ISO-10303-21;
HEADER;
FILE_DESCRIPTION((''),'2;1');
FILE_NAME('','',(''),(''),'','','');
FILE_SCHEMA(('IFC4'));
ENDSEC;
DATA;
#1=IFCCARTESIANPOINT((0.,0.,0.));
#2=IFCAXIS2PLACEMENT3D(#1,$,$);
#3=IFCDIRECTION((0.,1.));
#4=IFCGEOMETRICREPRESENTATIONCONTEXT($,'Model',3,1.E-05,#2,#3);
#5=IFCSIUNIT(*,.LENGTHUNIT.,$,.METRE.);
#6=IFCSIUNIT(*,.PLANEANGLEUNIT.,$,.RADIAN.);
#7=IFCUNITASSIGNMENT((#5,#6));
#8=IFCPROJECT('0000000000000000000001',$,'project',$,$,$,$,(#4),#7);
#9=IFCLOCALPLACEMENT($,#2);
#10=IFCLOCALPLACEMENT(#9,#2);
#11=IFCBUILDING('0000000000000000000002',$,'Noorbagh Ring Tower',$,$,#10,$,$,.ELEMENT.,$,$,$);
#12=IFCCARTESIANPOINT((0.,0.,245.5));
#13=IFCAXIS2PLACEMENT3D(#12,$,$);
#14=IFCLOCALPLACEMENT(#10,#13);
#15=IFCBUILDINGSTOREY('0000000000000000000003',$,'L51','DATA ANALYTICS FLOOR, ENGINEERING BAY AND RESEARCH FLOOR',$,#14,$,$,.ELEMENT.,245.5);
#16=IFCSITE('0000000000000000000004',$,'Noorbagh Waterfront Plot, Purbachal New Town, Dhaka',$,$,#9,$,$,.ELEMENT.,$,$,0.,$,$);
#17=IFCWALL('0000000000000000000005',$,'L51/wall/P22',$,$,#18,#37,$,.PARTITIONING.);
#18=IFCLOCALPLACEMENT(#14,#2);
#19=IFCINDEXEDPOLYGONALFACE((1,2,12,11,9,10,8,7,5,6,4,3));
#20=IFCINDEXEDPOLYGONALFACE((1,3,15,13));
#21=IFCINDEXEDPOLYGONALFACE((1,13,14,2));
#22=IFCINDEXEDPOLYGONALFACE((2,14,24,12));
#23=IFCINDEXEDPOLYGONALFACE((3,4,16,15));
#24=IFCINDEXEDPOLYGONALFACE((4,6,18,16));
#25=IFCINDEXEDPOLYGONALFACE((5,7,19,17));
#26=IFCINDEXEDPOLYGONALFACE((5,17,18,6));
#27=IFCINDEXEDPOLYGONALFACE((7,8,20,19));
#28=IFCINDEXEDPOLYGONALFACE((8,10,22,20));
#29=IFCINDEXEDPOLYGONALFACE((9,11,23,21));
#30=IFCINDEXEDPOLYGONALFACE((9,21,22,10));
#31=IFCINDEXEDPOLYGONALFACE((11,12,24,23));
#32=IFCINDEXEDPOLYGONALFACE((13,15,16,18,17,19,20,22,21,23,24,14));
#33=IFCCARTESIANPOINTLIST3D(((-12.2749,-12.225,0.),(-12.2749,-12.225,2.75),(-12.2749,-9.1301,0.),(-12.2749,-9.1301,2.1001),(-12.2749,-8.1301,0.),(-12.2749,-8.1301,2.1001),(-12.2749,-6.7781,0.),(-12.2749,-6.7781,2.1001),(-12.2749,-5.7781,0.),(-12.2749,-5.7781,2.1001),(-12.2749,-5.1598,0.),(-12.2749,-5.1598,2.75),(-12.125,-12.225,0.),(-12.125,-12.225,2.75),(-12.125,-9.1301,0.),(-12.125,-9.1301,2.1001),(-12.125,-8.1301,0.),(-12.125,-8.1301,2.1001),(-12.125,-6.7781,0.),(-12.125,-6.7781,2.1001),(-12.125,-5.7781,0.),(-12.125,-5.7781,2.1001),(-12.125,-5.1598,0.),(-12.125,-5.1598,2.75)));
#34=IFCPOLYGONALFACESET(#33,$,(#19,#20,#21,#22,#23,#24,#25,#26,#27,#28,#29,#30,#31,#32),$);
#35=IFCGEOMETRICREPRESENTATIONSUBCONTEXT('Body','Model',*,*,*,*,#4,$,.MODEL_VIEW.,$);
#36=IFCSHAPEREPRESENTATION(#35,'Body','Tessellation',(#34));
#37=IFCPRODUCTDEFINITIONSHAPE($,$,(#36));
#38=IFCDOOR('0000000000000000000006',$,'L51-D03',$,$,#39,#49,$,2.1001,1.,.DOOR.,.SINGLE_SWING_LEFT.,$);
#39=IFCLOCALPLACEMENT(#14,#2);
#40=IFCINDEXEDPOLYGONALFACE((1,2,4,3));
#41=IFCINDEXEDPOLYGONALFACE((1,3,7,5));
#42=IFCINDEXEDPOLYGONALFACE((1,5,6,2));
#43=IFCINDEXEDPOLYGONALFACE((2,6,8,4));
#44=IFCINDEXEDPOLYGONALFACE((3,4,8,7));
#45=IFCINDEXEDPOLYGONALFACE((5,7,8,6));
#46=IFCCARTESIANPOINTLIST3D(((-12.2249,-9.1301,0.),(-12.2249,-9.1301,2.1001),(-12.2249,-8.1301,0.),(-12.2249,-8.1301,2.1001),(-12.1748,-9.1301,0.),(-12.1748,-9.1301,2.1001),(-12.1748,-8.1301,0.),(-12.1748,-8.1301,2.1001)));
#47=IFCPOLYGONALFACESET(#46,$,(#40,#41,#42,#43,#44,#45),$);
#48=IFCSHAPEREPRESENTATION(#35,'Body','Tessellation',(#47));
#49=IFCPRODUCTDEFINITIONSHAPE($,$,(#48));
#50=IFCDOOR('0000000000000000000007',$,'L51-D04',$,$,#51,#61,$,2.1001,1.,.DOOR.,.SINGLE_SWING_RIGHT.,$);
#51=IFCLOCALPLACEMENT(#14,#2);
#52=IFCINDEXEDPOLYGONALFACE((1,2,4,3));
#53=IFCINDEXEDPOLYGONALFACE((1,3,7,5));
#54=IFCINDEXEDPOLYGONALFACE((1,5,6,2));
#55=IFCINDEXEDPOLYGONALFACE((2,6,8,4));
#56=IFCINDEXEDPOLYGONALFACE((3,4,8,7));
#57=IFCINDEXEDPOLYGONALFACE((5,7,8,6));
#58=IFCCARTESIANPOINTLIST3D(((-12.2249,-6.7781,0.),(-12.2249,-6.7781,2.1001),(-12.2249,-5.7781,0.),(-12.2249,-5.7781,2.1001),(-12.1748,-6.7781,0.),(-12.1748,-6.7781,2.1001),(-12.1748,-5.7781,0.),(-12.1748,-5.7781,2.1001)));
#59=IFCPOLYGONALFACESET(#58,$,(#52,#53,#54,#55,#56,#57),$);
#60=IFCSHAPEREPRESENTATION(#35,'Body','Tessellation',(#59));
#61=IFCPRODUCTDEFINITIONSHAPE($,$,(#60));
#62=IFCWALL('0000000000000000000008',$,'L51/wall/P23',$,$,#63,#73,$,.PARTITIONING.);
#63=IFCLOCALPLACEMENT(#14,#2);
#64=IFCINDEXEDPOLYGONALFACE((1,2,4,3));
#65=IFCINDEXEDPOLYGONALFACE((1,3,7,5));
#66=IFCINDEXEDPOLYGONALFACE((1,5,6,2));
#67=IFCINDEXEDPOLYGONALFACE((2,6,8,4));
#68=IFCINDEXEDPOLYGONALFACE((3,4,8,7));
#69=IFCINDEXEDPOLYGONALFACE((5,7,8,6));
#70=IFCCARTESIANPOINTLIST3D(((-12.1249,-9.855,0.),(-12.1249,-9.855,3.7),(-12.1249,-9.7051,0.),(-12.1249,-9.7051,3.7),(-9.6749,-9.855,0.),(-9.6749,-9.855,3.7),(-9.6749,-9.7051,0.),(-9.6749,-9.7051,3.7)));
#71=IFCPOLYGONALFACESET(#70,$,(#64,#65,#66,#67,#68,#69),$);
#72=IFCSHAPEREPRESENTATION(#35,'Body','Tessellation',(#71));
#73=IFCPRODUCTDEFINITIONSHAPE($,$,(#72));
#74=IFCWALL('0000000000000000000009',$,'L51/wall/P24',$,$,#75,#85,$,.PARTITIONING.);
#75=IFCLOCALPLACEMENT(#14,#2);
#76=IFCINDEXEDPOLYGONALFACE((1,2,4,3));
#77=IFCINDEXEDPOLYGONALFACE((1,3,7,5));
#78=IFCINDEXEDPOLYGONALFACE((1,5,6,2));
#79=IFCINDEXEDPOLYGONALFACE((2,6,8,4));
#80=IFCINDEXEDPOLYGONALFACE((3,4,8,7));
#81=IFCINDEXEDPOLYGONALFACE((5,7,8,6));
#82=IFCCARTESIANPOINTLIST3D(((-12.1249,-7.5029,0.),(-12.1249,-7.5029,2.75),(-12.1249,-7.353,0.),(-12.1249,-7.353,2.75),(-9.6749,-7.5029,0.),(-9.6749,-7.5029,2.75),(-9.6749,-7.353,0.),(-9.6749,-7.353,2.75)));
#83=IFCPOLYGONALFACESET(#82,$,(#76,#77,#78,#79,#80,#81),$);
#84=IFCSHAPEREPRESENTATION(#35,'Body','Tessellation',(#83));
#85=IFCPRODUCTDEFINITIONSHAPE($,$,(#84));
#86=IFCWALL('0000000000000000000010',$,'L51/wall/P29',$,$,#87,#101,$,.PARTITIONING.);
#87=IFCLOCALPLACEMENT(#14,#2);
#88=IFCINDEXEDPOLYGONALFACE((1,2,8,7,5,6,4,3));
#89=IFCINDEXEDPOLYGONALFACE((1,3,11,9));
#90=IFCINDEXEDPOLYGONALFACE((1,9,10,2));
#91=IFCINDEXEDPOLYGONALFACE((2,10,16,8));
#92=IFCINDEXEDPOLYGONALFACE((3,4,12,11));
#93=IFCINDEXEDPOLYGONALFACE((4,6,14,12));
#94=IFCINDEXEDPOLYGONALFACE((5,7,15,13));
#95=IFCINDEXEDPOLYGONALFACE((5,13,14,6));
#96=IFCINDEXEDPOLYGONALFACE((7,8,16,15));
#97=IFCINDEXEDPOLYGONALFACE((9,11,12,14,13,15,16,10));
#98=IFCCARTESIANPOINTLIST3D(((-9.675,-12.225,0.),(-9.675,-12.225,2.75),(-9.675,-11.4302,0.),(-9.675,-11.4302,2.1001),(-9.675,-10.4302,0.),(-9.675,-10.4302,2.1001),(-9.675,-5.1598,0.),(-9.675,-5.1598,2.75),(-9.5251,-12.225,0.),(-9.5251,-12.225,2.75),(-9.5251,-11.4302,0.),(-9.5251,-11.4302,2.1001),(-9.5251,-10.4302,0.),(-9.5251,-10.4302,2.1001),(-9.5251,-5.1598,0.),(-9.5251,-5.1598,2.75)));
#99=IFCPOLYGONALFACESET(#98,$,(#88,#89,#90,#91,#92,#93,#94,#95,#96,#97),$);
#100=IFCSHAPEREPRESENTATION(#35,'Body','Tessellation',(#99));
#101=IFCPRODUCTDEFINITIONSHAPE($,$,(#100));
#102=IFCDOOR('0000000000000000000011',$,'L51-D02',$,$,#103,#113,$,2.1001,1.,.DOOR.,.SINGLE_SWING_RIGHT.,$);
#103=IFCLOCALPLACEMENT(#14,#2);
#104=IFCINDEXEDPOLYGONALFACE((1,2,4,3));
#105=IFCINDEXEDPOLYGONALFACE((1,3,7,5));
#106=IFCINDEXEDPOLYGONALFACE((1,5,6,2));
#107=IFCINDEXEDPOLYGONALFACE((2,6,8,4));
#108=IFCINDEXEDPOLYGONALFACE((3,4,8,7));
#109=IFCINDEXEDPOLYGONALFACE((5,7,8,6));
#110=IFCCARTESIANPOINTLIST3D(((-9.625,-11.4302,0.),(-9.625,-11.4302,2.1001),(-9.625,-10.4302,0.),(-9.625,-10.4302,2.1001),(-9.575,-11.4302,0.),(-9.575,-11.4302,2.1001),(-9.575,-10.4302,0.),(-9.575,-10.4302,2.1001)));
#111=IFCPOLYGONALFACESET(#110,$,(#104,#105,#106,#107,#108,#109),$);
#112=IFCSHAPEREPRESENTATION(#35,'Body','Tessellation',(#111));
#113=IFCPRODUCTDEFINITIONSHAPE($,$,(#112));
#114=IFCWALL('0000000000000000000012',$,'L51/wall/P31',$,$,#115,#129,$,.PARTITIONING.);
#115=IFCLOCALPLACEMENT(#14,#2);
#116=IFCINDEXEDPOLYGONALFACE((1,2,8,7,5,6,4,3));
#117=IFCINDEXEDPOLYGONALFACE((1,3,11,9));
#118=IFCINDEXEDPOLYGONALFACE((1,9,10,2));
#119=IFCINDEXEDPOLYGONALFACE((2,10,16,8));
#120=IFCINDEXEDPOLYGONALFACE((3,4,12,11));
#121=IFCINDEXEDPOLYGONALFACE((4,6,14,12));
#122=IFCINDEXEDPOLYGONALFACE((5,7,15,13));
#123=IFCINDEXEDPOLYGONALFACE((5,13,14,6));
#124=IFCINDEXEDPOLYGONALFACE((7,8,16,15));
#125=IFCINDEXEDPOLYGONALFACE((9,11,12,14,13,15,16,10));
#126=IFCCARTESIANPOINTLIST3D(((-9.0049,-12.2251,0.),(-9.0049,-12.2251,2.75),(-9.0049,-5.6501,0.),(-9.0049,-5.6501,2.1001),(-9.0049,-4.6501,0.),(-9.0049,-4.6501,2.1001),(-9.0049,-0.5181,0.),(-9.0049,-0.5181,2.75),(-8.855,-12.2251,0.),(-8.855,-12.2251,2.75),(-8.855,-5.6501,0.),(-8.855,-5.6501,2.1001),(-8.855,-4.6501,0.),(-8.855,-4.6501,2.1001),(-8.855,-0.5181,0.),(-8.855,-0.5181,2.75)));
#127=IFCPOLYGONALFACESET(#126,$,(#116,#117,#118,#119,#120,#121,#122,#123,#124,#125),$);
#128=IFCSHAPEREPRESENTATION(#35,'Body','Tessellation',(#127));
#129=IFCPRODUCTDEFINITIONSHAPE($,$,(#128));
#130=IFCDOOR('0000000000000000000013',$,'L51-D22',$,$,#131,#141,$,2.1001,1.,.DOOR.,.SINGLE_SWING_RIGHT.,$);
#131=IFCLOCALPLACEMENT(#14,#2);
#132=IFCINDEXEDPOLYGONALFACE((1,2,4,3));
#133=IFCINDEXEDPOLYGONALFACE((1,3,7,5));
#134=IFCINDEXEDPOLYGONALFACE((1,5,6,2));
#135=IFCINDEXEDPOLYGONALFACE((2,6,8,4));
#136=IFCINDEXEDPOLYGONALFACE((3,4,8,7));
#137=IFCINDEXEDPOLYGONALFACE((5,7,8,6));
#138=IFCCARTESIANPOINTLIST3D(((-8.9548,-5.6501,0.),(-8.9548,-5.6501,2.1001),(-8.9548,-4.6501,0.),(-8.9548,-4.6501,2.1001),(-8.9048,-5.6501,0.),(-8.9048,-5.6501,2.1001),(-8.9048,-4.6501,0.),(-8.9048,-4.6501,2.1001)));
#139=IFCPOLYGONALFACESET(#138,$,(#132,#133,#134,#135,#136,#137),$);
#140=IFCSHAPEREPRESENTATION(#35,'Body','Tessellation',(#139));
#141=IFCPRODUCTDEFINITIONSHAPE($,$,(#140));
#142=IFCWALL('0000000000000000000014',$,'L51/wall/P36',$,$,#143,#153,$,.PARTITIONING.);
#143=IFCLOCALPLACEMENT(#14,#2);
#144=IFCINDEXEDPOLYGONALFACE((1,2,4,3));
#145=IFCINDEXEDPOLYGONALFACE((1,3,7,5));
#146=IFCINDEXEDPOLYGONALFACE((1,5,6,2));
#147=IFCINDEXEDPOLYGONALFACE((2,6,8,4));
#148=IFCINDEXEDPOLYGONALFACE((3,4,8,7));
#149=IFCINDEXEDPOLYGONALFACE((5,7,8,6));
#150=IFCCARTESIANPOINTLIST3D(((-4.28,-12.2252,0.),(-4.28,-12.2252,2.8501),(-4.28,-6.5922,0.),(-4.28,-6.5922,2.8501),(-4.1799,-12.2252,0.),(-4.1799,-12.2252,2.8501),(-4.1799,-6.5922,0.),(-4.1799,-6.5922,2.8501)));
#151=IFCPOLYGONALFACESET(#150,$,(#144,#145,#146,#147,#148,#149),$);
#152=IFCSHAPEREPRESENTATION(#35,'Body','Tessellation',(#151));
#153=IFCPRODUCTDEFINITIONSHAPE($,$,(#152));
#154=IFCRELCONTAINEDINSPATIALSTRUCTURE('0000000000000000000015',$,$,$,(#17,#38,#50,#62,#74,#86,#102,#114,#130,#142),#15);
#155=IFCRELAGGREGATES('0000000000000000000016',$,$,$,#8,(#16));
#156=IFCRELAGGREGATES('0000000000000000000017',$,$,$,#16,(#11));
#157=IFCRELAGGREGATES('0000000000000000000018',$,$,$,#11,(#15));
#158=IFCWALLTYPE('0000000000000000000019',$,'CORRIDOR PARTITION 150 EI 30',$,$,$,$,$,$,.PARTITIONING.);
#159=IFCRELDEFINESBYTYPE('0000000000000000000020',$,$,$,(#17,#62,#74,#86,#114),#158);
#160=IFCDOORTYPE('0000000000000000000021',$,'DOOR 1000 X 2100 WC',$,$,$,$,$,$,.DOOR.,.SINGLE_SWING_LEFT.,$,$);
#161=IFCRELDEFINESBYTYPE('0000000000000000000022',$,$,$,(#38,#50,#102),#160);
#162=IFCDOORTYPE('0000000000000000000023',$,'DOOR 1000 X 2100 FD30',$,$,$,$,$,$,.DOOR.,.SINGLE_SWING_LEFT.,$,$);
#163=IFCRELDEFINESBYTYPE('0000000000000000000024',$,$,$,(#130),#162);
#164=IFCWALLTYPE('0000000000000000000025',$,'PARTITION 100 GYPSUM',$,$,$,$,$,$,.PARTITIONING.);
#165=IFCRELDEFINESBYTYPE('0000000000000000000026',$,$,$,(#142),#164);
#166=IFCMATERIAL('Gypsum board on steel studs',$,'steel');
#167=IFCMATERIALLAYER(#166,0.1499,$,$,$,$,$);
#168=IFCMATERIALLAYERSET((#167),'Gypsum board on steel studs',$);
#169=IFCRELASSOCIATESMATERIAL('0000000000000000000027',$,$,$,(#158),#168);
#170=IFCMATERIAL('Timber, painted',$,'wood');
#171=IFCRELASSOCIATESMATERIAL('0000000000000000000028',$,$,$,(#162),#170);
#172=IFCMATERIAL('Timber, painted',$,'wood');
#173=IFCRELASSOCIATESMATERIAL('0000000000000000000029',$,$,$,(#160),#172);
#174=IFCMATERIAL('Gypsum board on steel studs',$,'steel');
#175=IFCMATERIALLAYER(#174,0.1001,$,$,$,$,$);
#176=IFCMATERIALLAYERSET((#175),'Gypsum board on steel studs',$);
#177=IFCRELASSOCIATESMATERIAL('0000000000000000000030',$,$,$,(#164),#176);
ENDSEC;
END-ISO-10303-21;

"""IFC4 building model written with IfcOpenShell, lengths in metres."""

from ifc_helpers import new_model, si_unit, direction, frame, frame_2d, origin, place, context, subcontext, project, spatial, rectangle, extrude, material, layer, layer_set, type_object, element, fill, save


model = new_model("IFC4")

# Units and contexts
model_context = context("Model", 3, precision=1e-05, world=origin(), true_north=direction((0.0, 1.0)))
body_context = subcontext(model_context, "Body", "Model", "MODEL_VIEW")
ifc_project = project(units=[si_unit("LENGTHUNIT", "METRE"), si_unit("PLANEANGLEUNIT", "RADIAN")], contexts=[model_context])

# Site, building, storey
site_placement = place(None, origin())
site = spatial("IfcSite", under=ifc_project, at=site_placement, Name="Noorbagh Waterfront Plot, Purbachal New Town, Dhaka", CompositionType="ELEMENT", RefElevation=0.0)
building_placement = place(site_placement, origin())
building = spatial("IfcBuilding", under=site, at=building_placement, Name="Noorbagh Ring Tower", CompositionType="ELEMENT")
storey_placement = place(building_placement, frame((0.0, 0.0, 245.5)))
storey = spatial("IfcBuildingStorey", under=building, at=storey_placement, Name="L51", Description="DATA ANALYTICS FLOOR, ENGINEERING BAY AND RESEARCH FLOOR", CompositionType="ELEMENT", Elevation=245.5)

# Shared definitions
ifc_material_1 = material(Name="Gypsum board on steel studs", Category="steel")
ifc_layer_1 = layer(ifc_material_1, 0.1499)
ifc_layer_set_1 = layer_set([ifc_layer_1], Name="Gypsum board on steel studs")
wall_type_1 = type_object("IfcWallType", Name="CORRIDOR PARTITION 150 EI 30", PredefinedType="PARTITIONING", material=ifc_layer_set_1)
ifc_material_2 = material(Name="Timber, painted", Category="wood")
door_type_1 = type_object("IfcDoorType", Name="DOOR 1000 X 2100 FD30", OperationType="SINGLE_SWING_LEFT", PredefinedType="DOOR", material=ifc_material_2)

# Wall, openings, doors
wall_1_placement = place(storey_placement, frame((-12.2, -12.2251, 0.0), z_axis=(0.0, 0.0, 1.0), x_axis=(0.0, 1.0, 0.0)))
wall_1 = element("IfcWall", 1, at=wall_1_placement, inside=storey, type_object=wall_type_1, Name="L51/wall/P22", PredefinedType="PARTITIONING", context=body_context, shape_type="SweptSolid", body=[
    extrude(rectangle(XDim=7.0652, YDim=0.1499, at=frame_2d((3.5327, 0.0))), origin(), (0.0, 0.0, 1.0), 2.75),
])
opening_1_placement = place(wall_1_placement, frame((3.095, 0.0, 0.0)))
opening_1 = element("IfcOpeningElement", 2, at=opening_1_placement, cuts=wall_1, PredefinedType="OPENING", context=body_context, shape_type="SweptSolid", body=[
    extrude(rectangle(XDim=1.0, YDim=2.1001, at=frame_2d((0.5, 1.05))), frame((0.0, 0.085, 0.0), z_axis=(0.0, -1.0, 0.0), x_axis=(1.0, 0.0, 0.0)), (0.0, 0.0, 1.0), 0.1699),
])
opening_2_placement = place(wall_1_placement, frame((5.447, 0.0, 0.0)))
opening_2 = element("IfcOpeningElement", 3, at=opening_2_placement, cuts=wall_1, PredefinedType="OPENING", context=body_context, shape_type="SweptSolid", body=[
    extrude(rectangle(XDim=1.0, YDim=2.1001, at=frame_2d((0.5, 1.05))), frame((0.0, 0.085, 0.0), z_axis=(0.0, -1.0, 0.0), x_axis=(1.0, 0.0, 0.0)), (0.0, 0.0, 1.0), 0.1699),
])
ifc_material_3 = material(Name="Timber, painted", Category="wood")
door_type_2 = type_object("IfcDoorType", Name="DOOR 1000 X 2100 WC", OperationType="SINGLE_SWING_LEFT", PredefinedType="DOOR", material=ifc_material_3)
door_1_placement = place(opening_1_placement, origin())
door_1 = element("IfcDoor", 4, at=door_1_placement, inside=storey, type_object=door_type_2, Name="L51-D03", OperationType="SINGLE_SWING_LEFT", OverallHeight=2.1001, OverallWidth=1.0, PredefinedType="DOOR", context=body_context, shape_type="SweptSolid", body=[
    extrude(rectangle(XDim=1.0, YDim=2.1001, at=frame_2d((0.5, 1.05))), frame((0.0, 0.0249, 0.0), z_axis=(0.0, -1.0, 0.0), x_axis=(1.0, 0.0, 0.0)), (0.0, 0.0, 1.0), 0.05),
])
fill(opening_1, door_1)
door_2_placement = place(opening_2_placement, origin())
door_2 = element("IfcDoor", 5, at=door_2_placement, inside=storey, type_object=door_type_2, Name="L51-D04", OperationType="SINGLE_SWING_RIGHT", OverallHeight=2.1001, OverallWidth=1.0, PredefinedType="DOOR", context=body_context, shape_type="SweptSolid", body=[
    extrude(rectangle(XDim=1.0, YDim=2.1001, at=frame_2d((0.5, 1.05))), frame((0.0, 0.0249, 0.0), z_axis=(0.0, -1.0, 0.0), x_axis=(1.0, 0.0, 0.0)), (0.0, 0.0, 1.0), 0.05),
])
fill(opening_2, door_2)

# Walls
wall_2_placement = place(storey_placement, frame((-12.125, -9.78, 0.0), z_axis=(0.0, 0.0, 1.0), x_axis=(1.0, 0.0, 0.0)))
element("IfcWall", 6, at=wall_2_placement, inside=storey, type_object=wall_type_1, Name="L51/wall/P23", PredefinedType="PARTITIONING", context=body_context, shape_type="SweptSolid", body=[
    extrude(rectangle(XDim=2.45, YDim=0.1499, at=frame_2d((1.2251, 0.0))), origin(), (0.0, 0.0, 1.0), 3.7),
])
wall_3_placement = place(storey_placement, frame((-12.125, -7.428, 0.0), z_axis=(0.0, 0.0, 1.0), x_axis=(1.0, 0.0, 0.0)))
element("IfcWall", 7, at=wall_3_placement, inside=storey, type_object=wall_type_1, Name="L51/wall/P24", PredefinedType="PARTITIONING", context=body_context, shape_type="SweptSolid", body=[
    extrude(rectangle(XDim=2.45, YDim=0.1499, at=frame_2d((1.2251, 0.0))), origin(), (0.0, 0.0, 1.0), 2.75),
])

# Walls, openings, doors
wall_4_placement = place(storey_placement, frame((-9.6001, -12.2251, 0.0), z_axis=(0.0, 0.0, 1.0), x_axis=(0.0, 1.0, 0.0)))
wall_4 = element("IfcWall", 8, at=wall_4_placement, inside=storey, type_object=wall_type_1, Name="L51/wall/P29", PredefinedType="PARTITIONING", context=body_context, shape_type="SweptSolid", body=[
    extrude(rectangle(XDim=7.0652, YDim=0.1499, at=frame_2d((3.5327, 0.0))), origin(), (0.0, 0.0, 1.0), 2.75),
])
opening_3_placement = place(wall_4_placement, frame((0.7949, 0.0, 0.0)))
opening_3 = element("IfcOpeningElement", 9, at=opening_3_placement, cuts=wall_4, PredefinedType="OPENING", context=body_context, shape_type="SweptSolid", body=[
    extrude(rectangle(XDim=1.0, YDim=2.1001, at=frame_2d((0.5, 1.05))), frame((0.0, 0.085, 0.0), z_axis=(0.0, -1.0, 0.0), x_axis=(1.0, 0.0, 0.0)), (0.0, 0.0, 1.0), 0.1699),
])
door_3_placement = place(opening_3_placement, origin())
door_3 = element("IfcDoor", 10, at=door_3_placement, inside=storey, type_object=door_type_2, Name="L51-D02", OperationType="SINGLE_SWING_RIGHT", OverallHeight=2.1001, OverallWidth=1.0, PredefinedType="DOOR", context=body_context, shape_type="SweptSolid", body=[
    extrude(rectangle(XDim=1.0, YDim=2.1001, at=frame_2d((0.5, 1.05))), frame((0.0, 0.0249, 0.0), z_axis=(0.0, -1.0, 0.0), x_axis=(1.0, 0.0, 0.0)), (0.0, 0.0, 1.0), 0.05),
])
fill(opening_3, door_3)
wall_5_placement = place(storey_placement, frame((-8.9299, -12.2251, 0.0), z_axis=(0.0, 0.0, 1.0), x_axis=(0.0, 1.0, 0.0)))
wall_5 = element("IfcWall", 11, at=wall_5_placement, inside=storey, type_object=wall_type_1, Name="L51/wall/P31", PredefinedType="PARTITIONING", context=body_context, shape_type="SweptSolid", body=[
    extrude(rectangle(XDim=11.707, YDim=0.1499, at=frame_2d((5.8535, 0.0))), origin(), (0.0, 0.0, 1.0), 2.75),
])
opening_4_placement = place(wall_5_placement, frame((6.575, 0.0, 0.0)))
opening_4 = element("IfcOpeningElement", 12, at=opening_4_placement, cuts=wall_5, PredefinedType="OPENING", context=body_context, shape_type="SweptSolid", body=[
    extrude(rectangle(XDim=1.0, YDim=2.1001, at=frame_2d((0.5, 1.05))), frame((0.0, 0.085, 0.0), z_axis=(0.0, -1.0, 0.0), x_axis=(1.0, 0.0, 0.0)), (0.0, 0.0, 1.0), 0.1699),
])
door_4_placement = place(opening_4_placement, origin())
door_4 = element("IfcDoor", 13, at=door_4_placement, inside=storey, type_object=door_type_1, Name="L51-D22", OperationType="SINGLE_SWING_RIGHT", OverallHeight=2.1001, OverallWidth=1.0, PredefinedType="DOOR", context=body_context, shape_type="SweptSolid", body=[
    extrude(rectangle(XDim=1.0, YDim=2.1001, at=frame_2d((0.5, 1.05))), frame((0.0, 0.0249, 0.0), z_axis=(0.0, -1.0, 0.0), x_axis=(1.0, 0.0, 0.0)), (0.0, 0.0, 1.0), 0.05),
])
fill(opening_4, door_4)

# Wall
ifc_material_4 = material(Name="Gypsum board on steel studs", Category="steel")
ifc_layer_2 = layer(ifc_material_4, 0.1001)
ifc_layer_set_2 = layer_set([ifc_layer_2], Name="Gypsum board on steel studs")
wall_type_2 = type_object("IfcWallType", Name="PARTITION 100 GYPSUM", PredefinedType="PARTITIONING", material=ifc_layer_set_2)
wall_6_placement = place(storey_placement, frame((-4.23, -12.2251, 0.0), z_axis=(0.0, 0.0, 1.0), x_axis=(0.0, 1.0, 0.0)))
element("IfcWall", 14, at=wall_6_placement, inside=storey, type_object=wall_type_2, Name="L51/wall/P36", PredefinedType="PARTITIONING", context=body_context, shape_type="SweptSolid", body=[
    extrude(rectangle(XDim=5.6331, YDim=0.1001, at=frame_2d((2.8164, 0.0))), origin(), (0.0, 0.0, 1.0), 2.8501),
])

save(model, "model.ifc")
